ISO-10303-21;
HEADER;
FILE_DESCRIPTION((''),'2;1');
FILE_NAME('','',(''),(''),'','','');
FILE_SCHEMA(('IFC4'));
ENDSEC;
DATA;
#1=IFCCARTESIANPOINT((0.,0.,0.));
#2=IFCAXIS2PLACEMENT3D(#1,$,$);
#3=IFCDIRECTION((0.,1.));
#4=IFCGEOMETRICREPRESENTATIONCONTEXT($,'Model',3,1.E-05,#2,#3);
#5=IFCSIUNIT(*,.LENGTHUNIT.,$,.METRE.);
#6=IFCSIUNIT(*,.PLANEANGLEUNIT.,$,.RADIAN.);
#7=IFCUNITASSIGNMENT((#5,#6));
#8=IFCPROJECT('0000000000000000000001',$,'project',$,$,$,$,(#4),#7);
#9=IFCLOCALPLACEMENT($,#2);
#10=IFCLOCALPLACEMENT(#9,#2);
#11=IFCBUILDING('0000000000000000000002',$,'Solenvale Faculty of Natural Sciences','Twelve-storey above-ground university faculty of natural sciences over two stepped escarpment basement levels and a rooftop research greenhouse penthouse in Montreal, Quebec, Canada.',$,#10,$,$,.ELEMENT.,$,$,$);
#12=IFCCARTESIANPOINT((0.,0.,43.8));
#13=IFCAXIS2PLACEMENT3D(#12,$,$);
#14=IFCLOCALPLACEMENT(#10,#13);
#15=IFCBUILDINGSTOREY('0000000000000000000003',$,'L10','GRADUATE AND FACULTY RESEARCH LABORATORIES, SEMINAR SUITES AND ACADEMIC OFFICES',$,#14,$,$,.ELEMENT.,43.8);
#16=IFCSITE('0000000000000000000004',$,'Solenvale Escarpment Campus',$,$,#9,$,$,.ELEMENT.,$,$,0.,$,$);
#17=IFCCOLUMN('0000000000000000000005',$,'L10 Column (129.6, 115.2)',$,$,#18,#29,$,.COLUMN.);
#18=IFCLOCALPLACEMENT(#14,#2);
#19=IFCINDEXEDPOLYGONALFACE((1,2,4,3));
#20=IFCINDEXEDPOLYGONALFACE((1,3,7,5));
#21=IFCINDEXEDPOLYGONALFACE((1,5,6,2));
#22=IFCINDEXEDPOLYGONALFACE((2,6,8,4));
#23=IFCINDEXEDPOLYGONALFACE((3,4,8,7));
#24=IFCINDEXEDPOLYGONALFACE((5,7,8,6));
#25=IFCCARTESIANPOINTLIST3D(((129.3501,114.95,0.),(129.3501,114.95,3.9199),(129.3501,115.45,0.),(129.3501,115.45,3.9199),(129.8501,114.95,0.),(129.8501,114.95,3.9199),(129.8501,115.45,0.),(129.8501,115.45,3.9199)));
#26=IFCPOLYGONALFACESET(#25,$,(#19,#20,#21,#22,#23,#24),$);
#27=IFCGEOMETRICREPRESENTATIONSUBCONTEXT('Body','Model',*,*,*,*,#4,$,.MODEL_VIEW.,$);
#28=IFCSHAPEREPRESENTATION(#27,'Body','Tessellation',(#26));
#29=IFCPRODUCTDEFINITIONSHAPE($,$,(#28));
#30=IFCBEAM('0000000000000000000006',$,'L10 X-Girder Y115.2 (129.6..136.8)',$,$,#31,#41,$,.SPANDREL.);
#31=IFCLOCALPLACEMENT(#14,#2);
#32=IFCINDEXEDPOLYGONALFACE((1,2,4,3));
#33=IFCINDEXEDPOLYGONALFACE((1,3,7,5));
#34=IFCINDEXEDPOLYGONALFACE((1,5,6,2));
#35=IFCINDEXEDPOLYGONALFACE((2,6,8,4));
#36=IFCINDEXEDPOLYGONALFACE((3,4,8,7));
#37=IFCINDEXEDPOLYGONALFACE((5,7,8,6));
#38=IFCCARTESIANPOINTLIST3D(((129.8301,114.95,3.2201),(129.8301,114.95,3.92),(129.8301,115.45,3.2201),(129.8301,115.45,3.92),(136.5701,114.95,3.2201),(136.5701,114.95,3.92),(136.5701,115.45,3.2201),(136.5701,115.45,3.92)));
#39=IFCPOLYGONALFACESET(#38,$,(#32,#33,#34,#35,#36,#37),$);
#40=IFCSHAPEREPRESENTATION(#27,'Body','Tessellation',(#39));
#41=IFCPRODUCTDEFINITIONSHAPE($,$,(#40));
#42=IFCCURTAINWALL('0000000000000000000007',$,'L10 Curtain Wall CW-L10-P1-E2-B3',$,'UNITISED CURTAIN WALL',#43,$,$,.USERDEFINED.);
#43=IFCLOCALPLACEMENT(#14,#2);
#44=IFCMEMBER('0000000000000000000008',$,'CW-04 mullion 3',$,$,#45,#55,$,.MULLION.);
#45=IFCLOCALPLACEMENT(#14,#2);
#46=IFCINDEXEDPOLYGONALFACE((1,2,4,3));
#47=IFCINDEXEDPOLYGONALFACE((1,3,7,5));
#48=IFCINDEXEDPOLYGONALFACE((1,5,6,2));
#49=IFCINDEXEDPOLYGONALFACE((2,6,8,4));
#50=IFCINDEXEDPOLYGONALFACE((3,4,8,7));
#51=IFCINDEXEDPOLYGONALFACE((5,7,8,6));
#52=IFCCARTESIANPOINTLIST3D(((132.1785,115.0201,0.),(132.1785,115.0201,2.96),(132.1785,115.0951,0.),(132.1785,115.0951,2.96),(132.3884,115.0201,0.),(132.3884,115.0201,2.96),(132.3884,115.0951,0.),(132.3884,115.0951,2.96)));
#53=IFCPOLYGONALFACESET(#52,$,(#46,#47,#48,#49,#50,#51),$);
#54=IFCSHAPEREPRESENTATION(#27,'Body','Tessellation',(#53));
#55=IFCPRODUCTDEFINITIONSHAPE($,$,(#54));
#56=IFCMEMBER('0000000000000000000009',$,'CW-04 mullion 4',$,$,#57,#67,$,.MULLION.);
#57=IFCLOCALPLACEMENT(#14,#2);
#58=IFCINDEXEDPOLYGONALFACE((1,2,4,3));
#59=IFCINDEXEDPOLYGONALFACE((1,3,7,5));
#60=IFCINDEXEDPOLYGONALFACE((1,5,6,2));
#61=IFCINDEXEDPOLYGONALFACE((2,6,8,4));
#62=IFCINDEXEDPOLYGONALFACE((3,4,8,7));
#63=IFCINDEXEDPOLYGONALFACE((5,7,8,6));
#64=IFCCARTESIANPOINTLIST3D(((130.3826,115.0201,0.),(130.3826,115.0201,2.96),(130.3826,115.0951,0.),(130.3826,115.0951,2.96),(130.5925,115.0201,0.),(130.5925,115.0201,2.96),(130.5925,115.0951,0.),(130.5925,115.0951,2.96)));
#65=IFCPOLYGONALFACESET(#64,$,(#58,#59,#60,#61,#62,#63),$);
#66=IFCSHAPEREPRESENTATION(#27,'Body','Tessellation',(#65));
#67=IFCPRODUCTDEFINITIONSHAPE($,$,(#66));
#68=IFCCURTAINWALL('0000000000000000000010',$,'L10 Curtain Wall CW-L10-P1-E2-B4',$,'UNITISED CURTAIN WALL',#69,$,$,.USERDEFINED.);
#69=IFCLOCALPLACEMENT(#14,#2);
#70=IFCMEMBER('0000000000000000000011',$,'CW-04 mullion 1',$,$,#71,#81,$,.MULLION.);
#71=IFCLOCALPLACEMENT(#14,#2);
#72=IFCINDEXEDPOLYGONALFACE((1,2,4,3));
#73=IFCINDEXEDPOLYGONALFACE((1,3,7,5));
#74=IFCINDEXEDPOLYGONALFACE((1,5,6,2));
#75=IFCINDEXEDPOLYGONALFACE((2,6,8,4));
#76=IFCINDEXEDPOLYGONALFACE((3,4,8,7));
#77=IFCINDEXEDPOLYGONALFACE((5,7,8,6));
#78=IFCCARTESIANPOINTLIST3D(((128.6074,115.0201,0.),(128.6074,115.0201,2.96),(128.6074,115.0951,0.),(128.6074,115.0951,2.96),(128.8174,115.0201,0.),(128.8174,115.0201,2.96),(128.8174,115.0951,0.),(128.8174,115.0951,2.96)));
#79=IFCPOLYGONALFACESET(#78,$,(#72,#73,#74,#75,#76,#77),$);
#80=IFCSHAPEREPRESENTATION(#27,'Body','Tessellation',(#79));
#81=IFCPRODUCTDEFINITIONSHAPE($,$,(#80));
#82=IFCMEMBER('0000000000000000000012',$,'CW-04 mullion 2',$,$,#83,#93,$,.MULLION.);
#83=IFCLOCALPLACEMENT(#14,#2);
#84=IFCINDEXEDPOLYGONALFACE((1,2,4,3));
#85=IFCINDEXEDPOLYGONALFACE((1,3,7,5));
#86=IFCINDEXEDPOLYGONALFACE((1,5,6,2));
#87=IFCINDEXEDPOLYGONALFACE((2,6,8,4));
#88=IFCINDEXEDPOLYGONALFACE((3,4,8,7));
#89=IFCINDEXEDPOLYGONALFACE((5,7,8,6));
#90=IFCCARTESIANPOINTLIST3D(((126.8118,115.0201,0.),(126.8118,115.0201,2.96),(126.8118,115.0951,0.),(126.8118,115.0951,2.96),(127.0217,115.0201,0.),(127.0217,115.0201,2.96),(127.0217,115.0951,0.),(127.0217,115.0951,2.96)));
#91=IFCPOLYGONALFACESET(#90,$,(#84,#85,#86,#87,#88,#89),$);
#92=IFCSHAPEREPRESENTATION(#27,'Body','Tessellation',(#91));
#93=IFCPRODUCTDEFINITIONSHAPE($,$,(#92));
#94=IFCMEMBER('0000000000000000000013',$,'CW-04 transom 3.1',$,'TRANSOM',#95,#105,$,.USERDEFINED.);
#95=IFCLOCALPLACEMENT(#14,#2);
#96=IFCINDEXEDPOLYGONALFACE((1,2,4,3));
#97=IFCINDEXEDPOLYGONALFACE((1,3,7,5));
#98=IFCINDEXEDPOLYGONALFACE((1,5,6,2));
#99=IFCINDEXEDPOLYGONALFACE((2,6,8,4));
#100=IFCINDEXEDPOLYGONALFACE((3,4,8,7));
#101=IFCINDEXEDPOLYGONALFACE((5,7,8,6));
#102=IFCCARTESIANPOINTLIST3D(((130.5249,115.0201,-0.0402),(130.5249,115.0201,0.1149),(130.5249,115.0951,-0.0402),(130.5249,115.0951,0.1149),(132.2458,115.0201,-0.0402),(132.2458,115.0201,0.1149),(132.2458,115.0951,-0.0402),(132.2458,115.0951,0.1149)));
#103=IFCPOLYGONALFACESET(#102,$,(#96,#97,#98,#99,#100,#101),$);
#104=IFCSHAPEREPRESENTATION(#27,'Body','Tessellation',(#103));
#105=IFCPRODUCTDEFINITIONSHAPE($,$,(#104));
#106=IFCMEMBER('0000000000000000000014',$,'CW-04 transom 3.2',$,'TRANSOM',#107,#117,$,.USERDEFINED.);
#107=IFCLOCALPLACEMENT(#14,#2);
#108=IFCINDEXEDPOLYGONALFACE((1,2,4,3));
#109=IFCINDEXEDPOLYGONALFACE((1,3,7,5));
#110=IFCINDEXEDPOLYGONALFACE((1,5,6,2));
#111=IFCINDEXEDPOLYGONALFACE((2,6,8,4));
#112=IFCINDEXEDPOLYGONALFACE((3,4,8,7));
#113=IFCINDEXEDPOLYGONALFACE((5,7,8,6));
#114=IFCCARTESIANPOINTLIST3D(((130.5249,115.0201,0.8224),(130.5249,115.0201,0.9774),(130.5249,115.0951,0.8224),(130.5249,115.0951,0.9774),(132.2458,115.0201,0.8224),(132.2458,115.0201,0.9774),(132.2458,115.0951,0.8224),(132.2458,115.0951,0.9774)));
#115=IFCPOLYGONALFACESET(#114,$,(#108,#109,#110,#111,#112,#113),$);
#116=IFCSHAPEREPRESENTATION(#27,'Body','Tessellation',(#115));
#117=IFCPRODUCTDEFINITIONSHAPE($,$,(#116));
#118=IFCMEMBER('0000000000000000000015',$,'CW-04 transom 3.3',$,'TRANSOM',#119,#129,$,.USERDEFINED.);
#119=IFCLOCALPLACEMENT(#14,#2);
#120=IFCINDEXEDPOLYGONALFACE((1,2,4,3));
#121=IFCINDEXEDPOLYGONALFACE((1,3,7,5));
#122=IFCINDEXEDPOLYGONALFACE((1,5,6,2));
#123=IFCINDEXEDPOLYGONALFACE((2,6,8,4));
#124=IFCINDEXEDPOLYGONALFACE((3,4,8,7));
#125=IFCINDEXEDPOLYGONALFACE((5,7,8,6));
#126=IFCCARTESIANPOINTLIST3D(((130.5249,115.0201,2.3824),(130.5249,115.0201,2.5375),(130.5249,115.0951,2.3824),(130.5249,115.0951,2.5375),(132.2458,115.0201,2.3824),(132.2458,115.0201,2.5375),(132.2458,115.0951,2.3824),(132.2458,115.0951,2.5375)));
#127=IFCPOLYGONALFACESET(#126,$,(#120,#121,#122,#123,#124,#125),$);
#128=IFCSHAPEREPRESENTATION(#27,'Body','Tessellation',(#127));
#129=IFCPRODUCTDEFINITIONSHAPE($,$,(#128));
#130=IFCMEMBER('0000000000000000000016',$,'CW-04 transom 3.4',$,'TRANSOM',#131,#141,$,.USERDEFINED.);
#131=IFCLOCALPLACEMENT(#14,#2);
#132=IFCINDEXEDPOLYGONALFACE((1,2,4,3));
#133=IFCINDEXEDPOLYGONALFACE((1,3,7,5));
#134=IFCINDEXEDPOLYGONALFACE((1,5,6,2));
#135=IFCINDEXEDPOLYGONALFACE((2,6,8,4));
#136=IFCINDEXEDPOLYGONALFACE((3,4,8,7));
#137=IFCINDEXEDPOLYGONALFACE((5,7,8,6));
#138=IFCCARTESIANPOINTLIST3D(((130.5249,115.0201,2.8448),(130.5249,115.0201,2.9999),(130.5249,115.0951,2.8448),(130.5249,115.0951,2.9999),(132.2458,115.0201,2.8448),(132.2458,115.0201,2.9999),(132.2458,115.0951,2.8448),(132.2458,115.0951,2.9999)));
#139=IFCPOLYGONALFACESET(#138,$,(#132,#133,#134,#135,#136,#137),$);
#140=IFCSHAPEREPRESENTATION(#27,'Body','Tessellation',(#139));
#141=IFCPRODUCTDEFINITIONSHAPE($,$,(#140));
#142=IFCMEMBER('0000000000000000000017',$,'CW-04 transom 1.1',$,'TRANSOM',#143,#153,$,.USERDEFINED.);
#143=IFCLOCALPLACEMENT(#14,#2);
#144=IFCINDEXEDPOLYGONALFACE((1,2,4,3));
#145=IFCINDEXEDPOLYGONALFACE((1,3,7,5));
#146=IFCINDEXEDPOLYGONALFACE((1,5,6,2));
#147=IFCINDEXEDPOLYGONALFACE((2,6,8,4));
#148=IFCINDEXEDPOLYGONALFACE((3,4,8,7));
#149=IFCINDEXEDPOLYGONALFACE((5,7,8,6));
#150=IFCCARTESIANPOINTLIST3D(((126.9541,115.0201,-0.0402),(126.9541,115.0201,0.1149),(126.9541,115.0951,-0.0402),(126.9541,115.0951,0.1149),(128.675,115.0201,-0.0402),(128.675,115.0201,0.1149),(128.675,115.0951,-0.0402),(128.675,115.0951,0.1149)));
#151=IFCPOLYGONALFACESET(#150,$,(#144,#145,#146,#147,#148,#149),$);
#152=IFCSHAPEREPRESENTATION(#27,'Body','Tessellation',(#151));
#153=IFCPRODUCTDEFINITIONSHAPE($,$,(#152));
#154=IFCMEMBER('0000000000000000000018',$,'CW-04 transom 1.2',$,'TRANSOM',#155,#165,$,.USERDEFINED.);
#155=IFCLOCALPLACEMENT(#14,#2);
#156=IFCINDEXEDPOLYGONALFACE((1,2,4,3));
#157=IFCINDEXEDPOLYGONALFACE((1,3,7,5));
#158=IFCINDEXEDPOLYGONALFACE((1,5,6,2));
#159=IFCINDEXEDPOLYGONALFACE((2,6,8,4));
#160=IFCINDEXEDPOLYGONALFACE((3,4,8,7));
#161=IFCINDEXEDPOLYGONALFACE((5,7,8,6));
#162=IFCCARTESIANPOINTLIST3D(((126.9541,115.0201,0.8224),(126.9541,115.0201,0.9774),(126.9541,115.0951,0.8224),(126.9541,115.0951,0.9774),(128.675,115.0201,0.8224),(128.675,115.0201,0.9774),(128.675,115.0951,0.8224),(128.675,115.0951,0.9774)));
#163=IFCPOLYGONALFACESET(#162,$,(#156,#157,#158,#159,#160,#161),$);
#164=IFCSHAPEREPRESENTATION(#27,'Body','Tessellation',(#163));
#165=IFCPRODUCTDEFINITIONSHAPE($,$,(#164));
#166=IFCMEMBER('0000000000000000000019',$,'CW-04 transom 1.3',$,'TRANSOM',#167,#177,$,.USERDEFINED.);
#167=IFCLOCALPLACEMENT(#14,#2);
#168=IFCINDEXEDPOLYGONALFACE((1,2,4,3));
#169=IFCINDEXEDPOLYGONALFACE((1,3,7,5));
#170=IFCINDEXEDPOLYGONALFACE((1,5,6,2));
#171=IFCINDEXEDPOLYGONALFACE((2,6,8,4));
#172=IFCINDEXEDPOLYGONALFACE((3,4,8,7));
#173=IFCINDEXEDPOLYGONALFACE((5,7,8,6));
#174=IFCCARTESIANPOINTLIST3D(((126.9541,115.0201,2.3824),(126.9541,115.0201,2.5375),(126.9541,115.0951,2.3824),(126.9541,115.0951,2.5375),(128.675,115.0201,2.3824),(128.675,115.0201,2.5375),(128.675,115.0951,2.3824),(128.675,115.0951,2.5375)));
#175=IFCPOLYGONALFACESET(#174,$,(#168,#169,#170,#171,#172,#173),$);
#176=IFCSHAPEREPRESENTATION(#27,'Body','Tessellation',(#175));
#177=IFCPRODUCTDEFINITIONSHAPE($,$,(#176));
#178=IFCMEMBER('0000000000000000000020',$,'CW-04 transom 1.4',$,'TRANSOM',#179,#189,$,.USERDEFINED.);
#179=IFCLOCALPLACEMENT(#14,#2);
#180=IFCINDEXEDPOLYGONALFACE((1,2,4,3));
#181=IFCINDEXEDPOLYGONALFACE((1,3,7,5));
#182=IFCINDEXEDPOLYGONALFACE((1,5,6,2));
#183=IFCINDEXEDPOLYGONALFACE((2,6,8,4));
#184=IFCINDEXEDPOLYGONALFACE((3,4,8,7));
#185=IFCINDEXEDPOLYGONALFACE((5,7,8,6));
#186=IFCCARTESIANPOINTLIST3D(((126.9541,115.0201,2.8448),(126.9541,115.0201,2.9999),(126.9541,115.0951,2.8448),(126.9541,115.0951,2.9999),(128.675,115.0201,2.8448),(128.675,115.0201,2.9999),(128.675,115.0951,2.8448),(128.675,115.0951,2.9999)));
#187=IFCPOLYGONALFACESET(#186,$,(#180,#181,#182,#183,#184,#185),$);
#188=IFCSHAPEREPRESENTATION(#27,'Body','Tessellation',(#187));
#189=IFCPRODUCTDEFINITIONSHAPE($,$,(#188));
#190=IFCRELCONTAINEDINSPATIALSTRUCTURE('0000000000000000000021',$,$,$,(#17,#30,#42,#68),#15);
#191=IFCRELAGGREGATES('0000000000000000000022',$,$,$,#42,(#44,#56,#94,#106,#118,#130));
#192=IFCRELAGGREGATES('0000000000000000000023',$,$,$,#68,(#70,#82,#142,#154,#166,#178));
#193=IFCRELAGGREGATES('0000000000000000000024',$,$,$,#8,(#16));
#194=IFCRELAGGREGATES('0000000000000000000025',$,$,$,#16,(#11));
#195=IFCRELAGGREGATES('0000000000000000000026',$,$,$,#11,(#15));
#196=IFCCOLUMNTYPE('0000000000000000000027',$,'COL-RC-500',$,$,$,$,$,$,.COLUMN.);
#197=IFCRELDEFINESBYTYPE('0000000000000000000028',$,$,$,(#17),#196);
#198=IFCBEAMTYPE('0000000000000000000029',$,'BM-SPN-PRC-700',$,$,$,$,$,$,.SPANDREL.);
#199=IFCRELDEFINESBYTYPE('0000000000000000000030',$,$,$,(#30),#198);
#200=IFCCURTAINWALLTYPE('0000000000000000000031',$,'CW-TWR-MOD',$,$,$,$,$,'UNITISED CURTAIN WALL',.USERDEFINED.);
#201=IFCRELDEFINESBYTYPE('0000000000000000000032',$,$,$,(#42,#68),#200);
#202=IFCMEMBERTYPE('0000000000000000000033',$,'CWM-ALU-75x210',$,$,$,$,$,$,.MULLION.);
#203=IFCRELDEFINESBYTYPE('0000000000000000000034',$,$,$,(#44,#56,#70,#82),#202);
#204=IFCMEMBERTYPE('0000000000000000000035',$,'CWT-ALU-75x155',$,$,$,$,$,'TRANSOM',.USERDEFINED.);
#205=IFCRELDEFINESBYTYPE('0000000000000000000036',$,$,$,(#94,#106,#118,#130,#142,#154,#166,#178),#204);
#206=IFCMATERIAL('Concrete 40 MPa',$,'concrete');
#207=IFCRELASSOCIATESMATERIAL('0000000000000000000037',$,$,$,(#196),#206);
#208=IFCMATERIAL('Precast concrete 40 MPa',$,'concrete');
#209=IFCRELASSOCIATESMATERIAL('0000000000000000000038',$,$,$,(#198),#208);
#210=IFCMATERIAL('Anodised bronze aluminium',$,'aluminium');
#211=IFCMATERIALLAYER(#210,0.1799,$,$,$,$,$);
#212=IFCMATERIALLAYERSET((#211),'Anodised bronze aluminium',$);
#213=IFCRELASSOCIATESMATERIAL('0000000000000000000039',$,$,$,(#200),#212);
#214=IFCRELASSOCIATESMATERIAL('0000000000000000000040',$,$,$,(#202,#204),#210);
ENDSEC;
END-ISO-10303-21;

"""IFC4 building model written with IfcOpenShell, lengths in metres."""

from ifc_helpers import new_model, si_unit, direction, frame, origin, origin_2d, place, context, subcontext, project, spatial, rectangle, extrude, material, layer, layer_set, material_profile, profile_set, type_object, element, aggregate, save


model = new_model("IFC4")

# Units and contexts
model_context = context("Model", 3, precision=1e-05, world=origin(), true_north=direction((0.0, 1.0)))
body_context = subcontext(model_context, "Body", "Model", "MODEL_VIEW")
ifc_project = project(units=[si_unit("LENGTHUNIT", "METRE"), si_unit("PLANEANGLEUNIT", "RADIAN")], contexts=[model_context])

# Site, building, storey
site_placement = place(None, origin())
site = spatial("IfcSite", under=ifc_project, at=site_placement, Name="Solenvale Escarpment Campus", CompositionType="ELEMENT", RefElevation=0.0)
building_placement = place(site_placement, origin())
building = spatial("IfcBuilding", under=site, at=building_placement, Name="Solenvale Faculty of Natural Sciences", Description="Twelve-storey above-ground university faculty of natural sciences over two stepped escarpment basement levels and a rooftop research greenhouse penthouse in Montreal, Quebec, Canada.", CompositionType="ELEMENT")
storey_placement = place(building_placement, frame((0.0, 0.0, 43.8)))
storey = spatial("IfcBuildingStorey", under=building, at=storey_placement, Name="L10", Description="GRADUATE AND FACULTY RESEARCH LABORATORIES, SEMINAR SUITES AND ACADEMIC OFFICES", CompositionType="ELEMENT", Elevation=43.8)

# Column
ifc_material_1 = material(Name="Concrete 40 MPa", Category="concrete")
ifc_material_profile_1 = material_profile(ifc_material_1, rectangle(XDim=0.5, YDim=0.5, at=origin_2d()), Name="RC-COL-500x500")
ifc_profile_set_1 = profile_set([ifc_material_profile_1], Name="Concrete 40 MPa")
column_type = type_object("IfcColumnType", Name="COL-RC-500", PredefinedType="COLUMN", material=ifc_profile_set_1)
column_placement = place(storey_placement, frame((129.6001, 115.2, 0.0), z_axis=(0.0, 0.0, 1.0), x_axis=(1.0, 0.0, 0.0)))
element("IfcColumn", 1, at=column_placement, inside=storey, type_object=column_type, Name="L10 Column (129.6, 115.2)", PredefinedType="COLUMN", context=body_context, shape_type="SweptSolid", body=[
    extrude(rectangle(XDim=0.5, YDim=0.5, at=origin_2d()), origin(), (0.0, 0.0, 1.0), 3.9199),
])

# Beam
ifc_material_2 = material(Name="Precast concrete 40 MPa", Category="concrete")
ifc_material_profile_2 = material_profile(ifc_material_2, rectangle(XDim=0.5, YDim=0.7, at=origin_2d()), Name="RC-BM-500x700")
ifc_profile_set_2 = profile_set([ifc_material_profile_2], Name="Precast concrete 40 MPa")
beam_type = type_object("IfcBeamType", Name="BM-SPN-PRC-700", PredefinedType="SPANDREL", material=ifc_profile_set_2)
beam_placement = place(storey_placement, frame((129.8301, 115.2, 3.5701), z_axis=(1.0, 0.0, 0.0), x_axis=(0.0, 1.0, 0.0)))
element("IfcBeam", 2, at=beam_placement, inside=storey, type_object=beam_type, Name="L10 X-Girder Y115.2 (129.6..136.8)", PredefinedType="SPANDREL", context=body_context, shape_type="SweptSolid", body=[
    extrude(rectangle(XDim=0.5, YDim=0.7, at=origin_2d()), origin(), (0.0, 0.0, 1.0), 6.74),
])

# Curtain walls, members
ifc_material_3 = material(Name="Anodised bronze aluminium", Category="aluminium")
ifc_layer_1 = layer(ifc_material_3, 0.1799)
ifc_layer_set_1 = layer_set([ifc_layer_1], Name="Anodised bronze aluminium")
curtain_wall_type = type_object("IfcCurtainWallType", Name="CW-TWR-MOD", ElementType="UNITISED CURTAIN WALL", PredefinedType="USERDEFINED", material=ifc_layer_set_1)
curtain_wall_1_placement = place(storey_placement, origin())
curtain_wall_1 = element("IfcCurtainWall", 3, at=curtain_wall_1_placement, inside=storey, type_object=curtain_wall_type, Name="L10 Curtain Wall CW-L10-P1-E2-B3", ObjectType="UNITISED CURTAIN WALL", PredefinedType="USERDEFINED")
ifc_material_profile_3 = material_profile(ifc_material_3, rectangle(XDim=0.075, YDim=0.21, at=origin_2d()), Name="ALU-MUL-75x210")
ifc_profile_set_3 = profile_set([ifc_material_profile_3], Name="Anodised bronze aluminium")
member_type_1 = type_object("IfcMemberType", Name="CWM-ALU-75x210", PredefinedType="MULLION", material=ifc_profile_set_3)
member_1_placement = place(storey_placement, frame((132.2834, 115.0576, 0.0), z_axis=(0.0, 0.0, 1.0), x_axis=(0.0, -1.0, 0.0)))
member_1 = element("IfcMember", 4, at=member_1_placement, type_object=member_type_1, Name="CW-04 mullion 3", PredefinedType="MULLION", context=body_context, shape_type="SweptSolid", body=[
    extrude(rectangle(XDim=0.075, YDim=0.21, at=origin_2d()), origin(), (0.0, 0.0, 1.0), 2.96),
])
member_2_placement = place(storey_placement, frame((130.4875, 115.0576, 0.0), z_axis=(0.0, 0.0, 1.0), x_axis=(0.0, -1.0, 0.0)))
member_2 = element("IfcMember", 5, at=member_2_placement, type_object=member_type_1, Name="CW-04 mullion 4", PredefinedType="MULLION", context=body_context, shape_type="SweptSolid", body=[
    extrude(rectangle(XDim=0.075, YDim=0.21, at=origin_2d()), origin(), (0.0, 0.0, 1.0), 2.96),
])
curtain_wall_2_placement = place(storey_placement, origin())
curtain_wall_2 = element("IfcCurtainWall", 6, at=curtain_wall_2_placement, inside=storey, type_object=curtain_wall_type, Name="L10 Curtain Wall CW-L10-P1-E2-B4", ObjectType="UNITISED CURTAIN WALL", PredefinedType="USERDEFINED")
member_3_placement = place(storey_placement, frame((128.7124, 115.0576, 0.0), z_axis=(0.0, 0.0, 1.0), x_axis=(0.0, -1.0, 0.0)))
member_3 = element("IfcMember", 7, at=member_3_placement, type_object=member_type_1, Name="CW-04 mullion 1", PredefinedType="MULLION", context=body_context, shape_type="SweptSolid", body=[
    extrude(rectangle(XDim=0.075, YDim=0.21, at=origin_2d()), origin(), (0.0, 0.0, 1.0), 2.96),
])
member_4_placement = place(storey_placement, frame((126.9167, 115.0576, 0.0), z_axis=(0.0, 0.0, 1.0), x_axis=(0.0, -1.0, 0.0)))
member_4 = element("IfcMember", 8, at=member_4_placement, type_object=member_type_1, Name="CW-04 mullion 2", PredefinedType="MULLION", context=body_context, shape_type="SweptSolid", body=[
    extrude(rectangle(XDim=0.075, YDim=0.21, at=origin_2d()), origin(), (0.0, 0.0, 1.0), 2.96),
])

# Members
ifc_material_profile_4 = material_profile(ifc_material_3, rectangle(XDim=0.075, YDim=0.155, at=origin_2d()), Name="ALU-TRN-75x155")
ifc_profile_set_4 = profile_set([ifc_material_profile_4], Name="Anodised bronze aluminium")
member_type_2 = type_object("IfcMemberType", Name="CWT-ALU-75x155", ElementType="TRANSOM", PredefinedType="USERDEFINED", material=ifc_profile_set_4)
member_5_placement = place(storey_placement, frame((132.2458, 115.0576, 0.0374), z_axis=(-1.0, 0.0, 0.0), x_axis=(0.0, -1.0, 0.0)))
member_5 = element("IfcMember", 9, at=member_5_placement, type_object=member_type_2, Name="CW-04 transom 3.1", ObjectType="TRANSOM", PredefinedType="USERDEFINED", context=body_context, shape_type="SweptSolid", body=[
    extrude(rectangle(XDim=0.075, YDim=0.155, at=origin_2d()), origin(), (0.0, 0.0, 1.0), 1.7209),
])
member_6_placement = place(storey_placement, frame((132.2458, 115.0576, 0.8999), z_axis=(-1.0, 0.0, 0.0), x_axis=(0.0, -1.0, 0.0)))
member_6 = element("IfcMember", 10, at=member_6_placement, type_object=member_type_2, Name="CW-04 transom 3.2", ObjectType="TRANSOM", PredefinedType="USERDEFINED", context=body_context, shape_type="SweptSolid", body=[
    extrude(rectangle(XDim=0.075, YDim=0.155, at=origin_2d()), origin(), (0.0, 0.0, 1.0), 1.7209),
])
member_7_placement = place(storey_placement, frame((132.2458, 115.0576, 2.46), z_axis=(-1.0, 0.0, 0.0), x_axis=(0.0, -1.0, 0.0)))
member_7 = element("IfcMember", 11, at=member_7_placement, type_object=member_type_2, Name="CW-04 transom 3.3", ObjectType="TRANSOM", PredefinedType="USERDEFINED", context=body_context, shape_type="SweptSolid", body=[
    extrude(rectangle(XDim=0.075, YDim=0.155, at=origin_2d()), origin(), (0.0, 0.0, 1.0), 1.7209),
])
member_8_placement = place(storey_placement, frame((132.2458, 115.0576, 2.9224), z_axis=(-1.0, 0.0, 0.0), x_axis=(0.0, -1.0, 0.0)))
member_8 = element("IfcMember", 12, at=member_8_placement, type_object=member_type_2, Name="CW-04 transom 3.4", ObjectType="TRANSOM", PredefinedType="USERDEFINED", context=body_context, shape_type="SweptSolid", body=[
    extrude(rectangle(XDim=0.075, YDim=0.155, at=origin_2d()), origin(), (0.0, 0.0, 1.0), 1.7209),
])
member_9_placement = place(storey_placement, frame((128.675, 115.0576, 0.0374), z_axis=(-1.0, 0.0, 0.0), x_axis=(0.0, -1.0, 0.0)))
member_9 = element("IfcMember", 13, at=member_9_placement, type_object=member_type_2, Name="CW-04 transom 1.1", ObjectType="TRANSOM", PredefinedType="USERDEFINED", context=body_context, shape_type="SweptSolid", body=[
    extrude(rectangle(XDim=0.075, YDim=0.155, at=origin_2d()), origin(), (0.0, 0.0, 1.0), 1.7209),
])
member_10_placement = place(storey_placement, frame((128.675, 115.0576, 0.8999), z_axis=(-1.0, 0.0, 0.0), x_axis=(0.0, -1.0, 0.0)))
member_10 = element("IfcMember", 14, at=member_10_placement, type_object=member_type_2, Name="CW-04 transom 1.2", ObjectType="TRANSOM", PredefinedType="USERDEFINED", context=body_context, shape_type="SweptSolid", body=[
    extrude(rectangle(XDim=0.075, YDim=0.155, at=origin_2d()), origin(), (0.0, 0.0, 1.0), 1.7209),
])
member_11_placement = place(storey_placement, frame((128.675, 115.0576, 2.46), z_axis=(-1.0, 0.0, 0.0), x_axis=(0.0, -1.0, 0.0)))
member_11 = element("IfcMember", 15, at=member_11_placement, type_object=member_type_2, Name="CW-04 transom 1.3", ObjectType="TRANSOM", PredefinedType="USERDEFINED", context=body_context, shape_type="SweptSolid", body=[
    extrude(rectangle(XDim=0.075, YDim=0.155, at=origin_2d()), origin(), (0.0, 0.0, 1.0), 1.7209),
])
member_12_placement = place(storey_placement, frame((128.675, 115.0576, 2.9224), z_axis=(-1.0, 0.0, 0.0), x_axis=(0.0, -1.0, 0.0)))
member_12 = element("IfcMember", 16, at=member_12_placement, type_object=member_type_2, Name="CW-04 transom 1.4", ObjectType="TRANSOM", PredefinedType="USERDEFINED", context=body_context, shape_type="SweptSolid", body=[
    extrude(rectangle(XDim=0.075, YDim=0.155, at=origin_2d()), origin(), (0.0, 0.0, 1.0), 1.7209),
])

aggregate(curtain_wall_1, [member_1, member_2, member_5, member_6, member_7, member_8])
aggregate(curtain_wall_2, [member_3, member_4, member_9, member_10, member_11, member_12])

save(model, "model.ifc")
